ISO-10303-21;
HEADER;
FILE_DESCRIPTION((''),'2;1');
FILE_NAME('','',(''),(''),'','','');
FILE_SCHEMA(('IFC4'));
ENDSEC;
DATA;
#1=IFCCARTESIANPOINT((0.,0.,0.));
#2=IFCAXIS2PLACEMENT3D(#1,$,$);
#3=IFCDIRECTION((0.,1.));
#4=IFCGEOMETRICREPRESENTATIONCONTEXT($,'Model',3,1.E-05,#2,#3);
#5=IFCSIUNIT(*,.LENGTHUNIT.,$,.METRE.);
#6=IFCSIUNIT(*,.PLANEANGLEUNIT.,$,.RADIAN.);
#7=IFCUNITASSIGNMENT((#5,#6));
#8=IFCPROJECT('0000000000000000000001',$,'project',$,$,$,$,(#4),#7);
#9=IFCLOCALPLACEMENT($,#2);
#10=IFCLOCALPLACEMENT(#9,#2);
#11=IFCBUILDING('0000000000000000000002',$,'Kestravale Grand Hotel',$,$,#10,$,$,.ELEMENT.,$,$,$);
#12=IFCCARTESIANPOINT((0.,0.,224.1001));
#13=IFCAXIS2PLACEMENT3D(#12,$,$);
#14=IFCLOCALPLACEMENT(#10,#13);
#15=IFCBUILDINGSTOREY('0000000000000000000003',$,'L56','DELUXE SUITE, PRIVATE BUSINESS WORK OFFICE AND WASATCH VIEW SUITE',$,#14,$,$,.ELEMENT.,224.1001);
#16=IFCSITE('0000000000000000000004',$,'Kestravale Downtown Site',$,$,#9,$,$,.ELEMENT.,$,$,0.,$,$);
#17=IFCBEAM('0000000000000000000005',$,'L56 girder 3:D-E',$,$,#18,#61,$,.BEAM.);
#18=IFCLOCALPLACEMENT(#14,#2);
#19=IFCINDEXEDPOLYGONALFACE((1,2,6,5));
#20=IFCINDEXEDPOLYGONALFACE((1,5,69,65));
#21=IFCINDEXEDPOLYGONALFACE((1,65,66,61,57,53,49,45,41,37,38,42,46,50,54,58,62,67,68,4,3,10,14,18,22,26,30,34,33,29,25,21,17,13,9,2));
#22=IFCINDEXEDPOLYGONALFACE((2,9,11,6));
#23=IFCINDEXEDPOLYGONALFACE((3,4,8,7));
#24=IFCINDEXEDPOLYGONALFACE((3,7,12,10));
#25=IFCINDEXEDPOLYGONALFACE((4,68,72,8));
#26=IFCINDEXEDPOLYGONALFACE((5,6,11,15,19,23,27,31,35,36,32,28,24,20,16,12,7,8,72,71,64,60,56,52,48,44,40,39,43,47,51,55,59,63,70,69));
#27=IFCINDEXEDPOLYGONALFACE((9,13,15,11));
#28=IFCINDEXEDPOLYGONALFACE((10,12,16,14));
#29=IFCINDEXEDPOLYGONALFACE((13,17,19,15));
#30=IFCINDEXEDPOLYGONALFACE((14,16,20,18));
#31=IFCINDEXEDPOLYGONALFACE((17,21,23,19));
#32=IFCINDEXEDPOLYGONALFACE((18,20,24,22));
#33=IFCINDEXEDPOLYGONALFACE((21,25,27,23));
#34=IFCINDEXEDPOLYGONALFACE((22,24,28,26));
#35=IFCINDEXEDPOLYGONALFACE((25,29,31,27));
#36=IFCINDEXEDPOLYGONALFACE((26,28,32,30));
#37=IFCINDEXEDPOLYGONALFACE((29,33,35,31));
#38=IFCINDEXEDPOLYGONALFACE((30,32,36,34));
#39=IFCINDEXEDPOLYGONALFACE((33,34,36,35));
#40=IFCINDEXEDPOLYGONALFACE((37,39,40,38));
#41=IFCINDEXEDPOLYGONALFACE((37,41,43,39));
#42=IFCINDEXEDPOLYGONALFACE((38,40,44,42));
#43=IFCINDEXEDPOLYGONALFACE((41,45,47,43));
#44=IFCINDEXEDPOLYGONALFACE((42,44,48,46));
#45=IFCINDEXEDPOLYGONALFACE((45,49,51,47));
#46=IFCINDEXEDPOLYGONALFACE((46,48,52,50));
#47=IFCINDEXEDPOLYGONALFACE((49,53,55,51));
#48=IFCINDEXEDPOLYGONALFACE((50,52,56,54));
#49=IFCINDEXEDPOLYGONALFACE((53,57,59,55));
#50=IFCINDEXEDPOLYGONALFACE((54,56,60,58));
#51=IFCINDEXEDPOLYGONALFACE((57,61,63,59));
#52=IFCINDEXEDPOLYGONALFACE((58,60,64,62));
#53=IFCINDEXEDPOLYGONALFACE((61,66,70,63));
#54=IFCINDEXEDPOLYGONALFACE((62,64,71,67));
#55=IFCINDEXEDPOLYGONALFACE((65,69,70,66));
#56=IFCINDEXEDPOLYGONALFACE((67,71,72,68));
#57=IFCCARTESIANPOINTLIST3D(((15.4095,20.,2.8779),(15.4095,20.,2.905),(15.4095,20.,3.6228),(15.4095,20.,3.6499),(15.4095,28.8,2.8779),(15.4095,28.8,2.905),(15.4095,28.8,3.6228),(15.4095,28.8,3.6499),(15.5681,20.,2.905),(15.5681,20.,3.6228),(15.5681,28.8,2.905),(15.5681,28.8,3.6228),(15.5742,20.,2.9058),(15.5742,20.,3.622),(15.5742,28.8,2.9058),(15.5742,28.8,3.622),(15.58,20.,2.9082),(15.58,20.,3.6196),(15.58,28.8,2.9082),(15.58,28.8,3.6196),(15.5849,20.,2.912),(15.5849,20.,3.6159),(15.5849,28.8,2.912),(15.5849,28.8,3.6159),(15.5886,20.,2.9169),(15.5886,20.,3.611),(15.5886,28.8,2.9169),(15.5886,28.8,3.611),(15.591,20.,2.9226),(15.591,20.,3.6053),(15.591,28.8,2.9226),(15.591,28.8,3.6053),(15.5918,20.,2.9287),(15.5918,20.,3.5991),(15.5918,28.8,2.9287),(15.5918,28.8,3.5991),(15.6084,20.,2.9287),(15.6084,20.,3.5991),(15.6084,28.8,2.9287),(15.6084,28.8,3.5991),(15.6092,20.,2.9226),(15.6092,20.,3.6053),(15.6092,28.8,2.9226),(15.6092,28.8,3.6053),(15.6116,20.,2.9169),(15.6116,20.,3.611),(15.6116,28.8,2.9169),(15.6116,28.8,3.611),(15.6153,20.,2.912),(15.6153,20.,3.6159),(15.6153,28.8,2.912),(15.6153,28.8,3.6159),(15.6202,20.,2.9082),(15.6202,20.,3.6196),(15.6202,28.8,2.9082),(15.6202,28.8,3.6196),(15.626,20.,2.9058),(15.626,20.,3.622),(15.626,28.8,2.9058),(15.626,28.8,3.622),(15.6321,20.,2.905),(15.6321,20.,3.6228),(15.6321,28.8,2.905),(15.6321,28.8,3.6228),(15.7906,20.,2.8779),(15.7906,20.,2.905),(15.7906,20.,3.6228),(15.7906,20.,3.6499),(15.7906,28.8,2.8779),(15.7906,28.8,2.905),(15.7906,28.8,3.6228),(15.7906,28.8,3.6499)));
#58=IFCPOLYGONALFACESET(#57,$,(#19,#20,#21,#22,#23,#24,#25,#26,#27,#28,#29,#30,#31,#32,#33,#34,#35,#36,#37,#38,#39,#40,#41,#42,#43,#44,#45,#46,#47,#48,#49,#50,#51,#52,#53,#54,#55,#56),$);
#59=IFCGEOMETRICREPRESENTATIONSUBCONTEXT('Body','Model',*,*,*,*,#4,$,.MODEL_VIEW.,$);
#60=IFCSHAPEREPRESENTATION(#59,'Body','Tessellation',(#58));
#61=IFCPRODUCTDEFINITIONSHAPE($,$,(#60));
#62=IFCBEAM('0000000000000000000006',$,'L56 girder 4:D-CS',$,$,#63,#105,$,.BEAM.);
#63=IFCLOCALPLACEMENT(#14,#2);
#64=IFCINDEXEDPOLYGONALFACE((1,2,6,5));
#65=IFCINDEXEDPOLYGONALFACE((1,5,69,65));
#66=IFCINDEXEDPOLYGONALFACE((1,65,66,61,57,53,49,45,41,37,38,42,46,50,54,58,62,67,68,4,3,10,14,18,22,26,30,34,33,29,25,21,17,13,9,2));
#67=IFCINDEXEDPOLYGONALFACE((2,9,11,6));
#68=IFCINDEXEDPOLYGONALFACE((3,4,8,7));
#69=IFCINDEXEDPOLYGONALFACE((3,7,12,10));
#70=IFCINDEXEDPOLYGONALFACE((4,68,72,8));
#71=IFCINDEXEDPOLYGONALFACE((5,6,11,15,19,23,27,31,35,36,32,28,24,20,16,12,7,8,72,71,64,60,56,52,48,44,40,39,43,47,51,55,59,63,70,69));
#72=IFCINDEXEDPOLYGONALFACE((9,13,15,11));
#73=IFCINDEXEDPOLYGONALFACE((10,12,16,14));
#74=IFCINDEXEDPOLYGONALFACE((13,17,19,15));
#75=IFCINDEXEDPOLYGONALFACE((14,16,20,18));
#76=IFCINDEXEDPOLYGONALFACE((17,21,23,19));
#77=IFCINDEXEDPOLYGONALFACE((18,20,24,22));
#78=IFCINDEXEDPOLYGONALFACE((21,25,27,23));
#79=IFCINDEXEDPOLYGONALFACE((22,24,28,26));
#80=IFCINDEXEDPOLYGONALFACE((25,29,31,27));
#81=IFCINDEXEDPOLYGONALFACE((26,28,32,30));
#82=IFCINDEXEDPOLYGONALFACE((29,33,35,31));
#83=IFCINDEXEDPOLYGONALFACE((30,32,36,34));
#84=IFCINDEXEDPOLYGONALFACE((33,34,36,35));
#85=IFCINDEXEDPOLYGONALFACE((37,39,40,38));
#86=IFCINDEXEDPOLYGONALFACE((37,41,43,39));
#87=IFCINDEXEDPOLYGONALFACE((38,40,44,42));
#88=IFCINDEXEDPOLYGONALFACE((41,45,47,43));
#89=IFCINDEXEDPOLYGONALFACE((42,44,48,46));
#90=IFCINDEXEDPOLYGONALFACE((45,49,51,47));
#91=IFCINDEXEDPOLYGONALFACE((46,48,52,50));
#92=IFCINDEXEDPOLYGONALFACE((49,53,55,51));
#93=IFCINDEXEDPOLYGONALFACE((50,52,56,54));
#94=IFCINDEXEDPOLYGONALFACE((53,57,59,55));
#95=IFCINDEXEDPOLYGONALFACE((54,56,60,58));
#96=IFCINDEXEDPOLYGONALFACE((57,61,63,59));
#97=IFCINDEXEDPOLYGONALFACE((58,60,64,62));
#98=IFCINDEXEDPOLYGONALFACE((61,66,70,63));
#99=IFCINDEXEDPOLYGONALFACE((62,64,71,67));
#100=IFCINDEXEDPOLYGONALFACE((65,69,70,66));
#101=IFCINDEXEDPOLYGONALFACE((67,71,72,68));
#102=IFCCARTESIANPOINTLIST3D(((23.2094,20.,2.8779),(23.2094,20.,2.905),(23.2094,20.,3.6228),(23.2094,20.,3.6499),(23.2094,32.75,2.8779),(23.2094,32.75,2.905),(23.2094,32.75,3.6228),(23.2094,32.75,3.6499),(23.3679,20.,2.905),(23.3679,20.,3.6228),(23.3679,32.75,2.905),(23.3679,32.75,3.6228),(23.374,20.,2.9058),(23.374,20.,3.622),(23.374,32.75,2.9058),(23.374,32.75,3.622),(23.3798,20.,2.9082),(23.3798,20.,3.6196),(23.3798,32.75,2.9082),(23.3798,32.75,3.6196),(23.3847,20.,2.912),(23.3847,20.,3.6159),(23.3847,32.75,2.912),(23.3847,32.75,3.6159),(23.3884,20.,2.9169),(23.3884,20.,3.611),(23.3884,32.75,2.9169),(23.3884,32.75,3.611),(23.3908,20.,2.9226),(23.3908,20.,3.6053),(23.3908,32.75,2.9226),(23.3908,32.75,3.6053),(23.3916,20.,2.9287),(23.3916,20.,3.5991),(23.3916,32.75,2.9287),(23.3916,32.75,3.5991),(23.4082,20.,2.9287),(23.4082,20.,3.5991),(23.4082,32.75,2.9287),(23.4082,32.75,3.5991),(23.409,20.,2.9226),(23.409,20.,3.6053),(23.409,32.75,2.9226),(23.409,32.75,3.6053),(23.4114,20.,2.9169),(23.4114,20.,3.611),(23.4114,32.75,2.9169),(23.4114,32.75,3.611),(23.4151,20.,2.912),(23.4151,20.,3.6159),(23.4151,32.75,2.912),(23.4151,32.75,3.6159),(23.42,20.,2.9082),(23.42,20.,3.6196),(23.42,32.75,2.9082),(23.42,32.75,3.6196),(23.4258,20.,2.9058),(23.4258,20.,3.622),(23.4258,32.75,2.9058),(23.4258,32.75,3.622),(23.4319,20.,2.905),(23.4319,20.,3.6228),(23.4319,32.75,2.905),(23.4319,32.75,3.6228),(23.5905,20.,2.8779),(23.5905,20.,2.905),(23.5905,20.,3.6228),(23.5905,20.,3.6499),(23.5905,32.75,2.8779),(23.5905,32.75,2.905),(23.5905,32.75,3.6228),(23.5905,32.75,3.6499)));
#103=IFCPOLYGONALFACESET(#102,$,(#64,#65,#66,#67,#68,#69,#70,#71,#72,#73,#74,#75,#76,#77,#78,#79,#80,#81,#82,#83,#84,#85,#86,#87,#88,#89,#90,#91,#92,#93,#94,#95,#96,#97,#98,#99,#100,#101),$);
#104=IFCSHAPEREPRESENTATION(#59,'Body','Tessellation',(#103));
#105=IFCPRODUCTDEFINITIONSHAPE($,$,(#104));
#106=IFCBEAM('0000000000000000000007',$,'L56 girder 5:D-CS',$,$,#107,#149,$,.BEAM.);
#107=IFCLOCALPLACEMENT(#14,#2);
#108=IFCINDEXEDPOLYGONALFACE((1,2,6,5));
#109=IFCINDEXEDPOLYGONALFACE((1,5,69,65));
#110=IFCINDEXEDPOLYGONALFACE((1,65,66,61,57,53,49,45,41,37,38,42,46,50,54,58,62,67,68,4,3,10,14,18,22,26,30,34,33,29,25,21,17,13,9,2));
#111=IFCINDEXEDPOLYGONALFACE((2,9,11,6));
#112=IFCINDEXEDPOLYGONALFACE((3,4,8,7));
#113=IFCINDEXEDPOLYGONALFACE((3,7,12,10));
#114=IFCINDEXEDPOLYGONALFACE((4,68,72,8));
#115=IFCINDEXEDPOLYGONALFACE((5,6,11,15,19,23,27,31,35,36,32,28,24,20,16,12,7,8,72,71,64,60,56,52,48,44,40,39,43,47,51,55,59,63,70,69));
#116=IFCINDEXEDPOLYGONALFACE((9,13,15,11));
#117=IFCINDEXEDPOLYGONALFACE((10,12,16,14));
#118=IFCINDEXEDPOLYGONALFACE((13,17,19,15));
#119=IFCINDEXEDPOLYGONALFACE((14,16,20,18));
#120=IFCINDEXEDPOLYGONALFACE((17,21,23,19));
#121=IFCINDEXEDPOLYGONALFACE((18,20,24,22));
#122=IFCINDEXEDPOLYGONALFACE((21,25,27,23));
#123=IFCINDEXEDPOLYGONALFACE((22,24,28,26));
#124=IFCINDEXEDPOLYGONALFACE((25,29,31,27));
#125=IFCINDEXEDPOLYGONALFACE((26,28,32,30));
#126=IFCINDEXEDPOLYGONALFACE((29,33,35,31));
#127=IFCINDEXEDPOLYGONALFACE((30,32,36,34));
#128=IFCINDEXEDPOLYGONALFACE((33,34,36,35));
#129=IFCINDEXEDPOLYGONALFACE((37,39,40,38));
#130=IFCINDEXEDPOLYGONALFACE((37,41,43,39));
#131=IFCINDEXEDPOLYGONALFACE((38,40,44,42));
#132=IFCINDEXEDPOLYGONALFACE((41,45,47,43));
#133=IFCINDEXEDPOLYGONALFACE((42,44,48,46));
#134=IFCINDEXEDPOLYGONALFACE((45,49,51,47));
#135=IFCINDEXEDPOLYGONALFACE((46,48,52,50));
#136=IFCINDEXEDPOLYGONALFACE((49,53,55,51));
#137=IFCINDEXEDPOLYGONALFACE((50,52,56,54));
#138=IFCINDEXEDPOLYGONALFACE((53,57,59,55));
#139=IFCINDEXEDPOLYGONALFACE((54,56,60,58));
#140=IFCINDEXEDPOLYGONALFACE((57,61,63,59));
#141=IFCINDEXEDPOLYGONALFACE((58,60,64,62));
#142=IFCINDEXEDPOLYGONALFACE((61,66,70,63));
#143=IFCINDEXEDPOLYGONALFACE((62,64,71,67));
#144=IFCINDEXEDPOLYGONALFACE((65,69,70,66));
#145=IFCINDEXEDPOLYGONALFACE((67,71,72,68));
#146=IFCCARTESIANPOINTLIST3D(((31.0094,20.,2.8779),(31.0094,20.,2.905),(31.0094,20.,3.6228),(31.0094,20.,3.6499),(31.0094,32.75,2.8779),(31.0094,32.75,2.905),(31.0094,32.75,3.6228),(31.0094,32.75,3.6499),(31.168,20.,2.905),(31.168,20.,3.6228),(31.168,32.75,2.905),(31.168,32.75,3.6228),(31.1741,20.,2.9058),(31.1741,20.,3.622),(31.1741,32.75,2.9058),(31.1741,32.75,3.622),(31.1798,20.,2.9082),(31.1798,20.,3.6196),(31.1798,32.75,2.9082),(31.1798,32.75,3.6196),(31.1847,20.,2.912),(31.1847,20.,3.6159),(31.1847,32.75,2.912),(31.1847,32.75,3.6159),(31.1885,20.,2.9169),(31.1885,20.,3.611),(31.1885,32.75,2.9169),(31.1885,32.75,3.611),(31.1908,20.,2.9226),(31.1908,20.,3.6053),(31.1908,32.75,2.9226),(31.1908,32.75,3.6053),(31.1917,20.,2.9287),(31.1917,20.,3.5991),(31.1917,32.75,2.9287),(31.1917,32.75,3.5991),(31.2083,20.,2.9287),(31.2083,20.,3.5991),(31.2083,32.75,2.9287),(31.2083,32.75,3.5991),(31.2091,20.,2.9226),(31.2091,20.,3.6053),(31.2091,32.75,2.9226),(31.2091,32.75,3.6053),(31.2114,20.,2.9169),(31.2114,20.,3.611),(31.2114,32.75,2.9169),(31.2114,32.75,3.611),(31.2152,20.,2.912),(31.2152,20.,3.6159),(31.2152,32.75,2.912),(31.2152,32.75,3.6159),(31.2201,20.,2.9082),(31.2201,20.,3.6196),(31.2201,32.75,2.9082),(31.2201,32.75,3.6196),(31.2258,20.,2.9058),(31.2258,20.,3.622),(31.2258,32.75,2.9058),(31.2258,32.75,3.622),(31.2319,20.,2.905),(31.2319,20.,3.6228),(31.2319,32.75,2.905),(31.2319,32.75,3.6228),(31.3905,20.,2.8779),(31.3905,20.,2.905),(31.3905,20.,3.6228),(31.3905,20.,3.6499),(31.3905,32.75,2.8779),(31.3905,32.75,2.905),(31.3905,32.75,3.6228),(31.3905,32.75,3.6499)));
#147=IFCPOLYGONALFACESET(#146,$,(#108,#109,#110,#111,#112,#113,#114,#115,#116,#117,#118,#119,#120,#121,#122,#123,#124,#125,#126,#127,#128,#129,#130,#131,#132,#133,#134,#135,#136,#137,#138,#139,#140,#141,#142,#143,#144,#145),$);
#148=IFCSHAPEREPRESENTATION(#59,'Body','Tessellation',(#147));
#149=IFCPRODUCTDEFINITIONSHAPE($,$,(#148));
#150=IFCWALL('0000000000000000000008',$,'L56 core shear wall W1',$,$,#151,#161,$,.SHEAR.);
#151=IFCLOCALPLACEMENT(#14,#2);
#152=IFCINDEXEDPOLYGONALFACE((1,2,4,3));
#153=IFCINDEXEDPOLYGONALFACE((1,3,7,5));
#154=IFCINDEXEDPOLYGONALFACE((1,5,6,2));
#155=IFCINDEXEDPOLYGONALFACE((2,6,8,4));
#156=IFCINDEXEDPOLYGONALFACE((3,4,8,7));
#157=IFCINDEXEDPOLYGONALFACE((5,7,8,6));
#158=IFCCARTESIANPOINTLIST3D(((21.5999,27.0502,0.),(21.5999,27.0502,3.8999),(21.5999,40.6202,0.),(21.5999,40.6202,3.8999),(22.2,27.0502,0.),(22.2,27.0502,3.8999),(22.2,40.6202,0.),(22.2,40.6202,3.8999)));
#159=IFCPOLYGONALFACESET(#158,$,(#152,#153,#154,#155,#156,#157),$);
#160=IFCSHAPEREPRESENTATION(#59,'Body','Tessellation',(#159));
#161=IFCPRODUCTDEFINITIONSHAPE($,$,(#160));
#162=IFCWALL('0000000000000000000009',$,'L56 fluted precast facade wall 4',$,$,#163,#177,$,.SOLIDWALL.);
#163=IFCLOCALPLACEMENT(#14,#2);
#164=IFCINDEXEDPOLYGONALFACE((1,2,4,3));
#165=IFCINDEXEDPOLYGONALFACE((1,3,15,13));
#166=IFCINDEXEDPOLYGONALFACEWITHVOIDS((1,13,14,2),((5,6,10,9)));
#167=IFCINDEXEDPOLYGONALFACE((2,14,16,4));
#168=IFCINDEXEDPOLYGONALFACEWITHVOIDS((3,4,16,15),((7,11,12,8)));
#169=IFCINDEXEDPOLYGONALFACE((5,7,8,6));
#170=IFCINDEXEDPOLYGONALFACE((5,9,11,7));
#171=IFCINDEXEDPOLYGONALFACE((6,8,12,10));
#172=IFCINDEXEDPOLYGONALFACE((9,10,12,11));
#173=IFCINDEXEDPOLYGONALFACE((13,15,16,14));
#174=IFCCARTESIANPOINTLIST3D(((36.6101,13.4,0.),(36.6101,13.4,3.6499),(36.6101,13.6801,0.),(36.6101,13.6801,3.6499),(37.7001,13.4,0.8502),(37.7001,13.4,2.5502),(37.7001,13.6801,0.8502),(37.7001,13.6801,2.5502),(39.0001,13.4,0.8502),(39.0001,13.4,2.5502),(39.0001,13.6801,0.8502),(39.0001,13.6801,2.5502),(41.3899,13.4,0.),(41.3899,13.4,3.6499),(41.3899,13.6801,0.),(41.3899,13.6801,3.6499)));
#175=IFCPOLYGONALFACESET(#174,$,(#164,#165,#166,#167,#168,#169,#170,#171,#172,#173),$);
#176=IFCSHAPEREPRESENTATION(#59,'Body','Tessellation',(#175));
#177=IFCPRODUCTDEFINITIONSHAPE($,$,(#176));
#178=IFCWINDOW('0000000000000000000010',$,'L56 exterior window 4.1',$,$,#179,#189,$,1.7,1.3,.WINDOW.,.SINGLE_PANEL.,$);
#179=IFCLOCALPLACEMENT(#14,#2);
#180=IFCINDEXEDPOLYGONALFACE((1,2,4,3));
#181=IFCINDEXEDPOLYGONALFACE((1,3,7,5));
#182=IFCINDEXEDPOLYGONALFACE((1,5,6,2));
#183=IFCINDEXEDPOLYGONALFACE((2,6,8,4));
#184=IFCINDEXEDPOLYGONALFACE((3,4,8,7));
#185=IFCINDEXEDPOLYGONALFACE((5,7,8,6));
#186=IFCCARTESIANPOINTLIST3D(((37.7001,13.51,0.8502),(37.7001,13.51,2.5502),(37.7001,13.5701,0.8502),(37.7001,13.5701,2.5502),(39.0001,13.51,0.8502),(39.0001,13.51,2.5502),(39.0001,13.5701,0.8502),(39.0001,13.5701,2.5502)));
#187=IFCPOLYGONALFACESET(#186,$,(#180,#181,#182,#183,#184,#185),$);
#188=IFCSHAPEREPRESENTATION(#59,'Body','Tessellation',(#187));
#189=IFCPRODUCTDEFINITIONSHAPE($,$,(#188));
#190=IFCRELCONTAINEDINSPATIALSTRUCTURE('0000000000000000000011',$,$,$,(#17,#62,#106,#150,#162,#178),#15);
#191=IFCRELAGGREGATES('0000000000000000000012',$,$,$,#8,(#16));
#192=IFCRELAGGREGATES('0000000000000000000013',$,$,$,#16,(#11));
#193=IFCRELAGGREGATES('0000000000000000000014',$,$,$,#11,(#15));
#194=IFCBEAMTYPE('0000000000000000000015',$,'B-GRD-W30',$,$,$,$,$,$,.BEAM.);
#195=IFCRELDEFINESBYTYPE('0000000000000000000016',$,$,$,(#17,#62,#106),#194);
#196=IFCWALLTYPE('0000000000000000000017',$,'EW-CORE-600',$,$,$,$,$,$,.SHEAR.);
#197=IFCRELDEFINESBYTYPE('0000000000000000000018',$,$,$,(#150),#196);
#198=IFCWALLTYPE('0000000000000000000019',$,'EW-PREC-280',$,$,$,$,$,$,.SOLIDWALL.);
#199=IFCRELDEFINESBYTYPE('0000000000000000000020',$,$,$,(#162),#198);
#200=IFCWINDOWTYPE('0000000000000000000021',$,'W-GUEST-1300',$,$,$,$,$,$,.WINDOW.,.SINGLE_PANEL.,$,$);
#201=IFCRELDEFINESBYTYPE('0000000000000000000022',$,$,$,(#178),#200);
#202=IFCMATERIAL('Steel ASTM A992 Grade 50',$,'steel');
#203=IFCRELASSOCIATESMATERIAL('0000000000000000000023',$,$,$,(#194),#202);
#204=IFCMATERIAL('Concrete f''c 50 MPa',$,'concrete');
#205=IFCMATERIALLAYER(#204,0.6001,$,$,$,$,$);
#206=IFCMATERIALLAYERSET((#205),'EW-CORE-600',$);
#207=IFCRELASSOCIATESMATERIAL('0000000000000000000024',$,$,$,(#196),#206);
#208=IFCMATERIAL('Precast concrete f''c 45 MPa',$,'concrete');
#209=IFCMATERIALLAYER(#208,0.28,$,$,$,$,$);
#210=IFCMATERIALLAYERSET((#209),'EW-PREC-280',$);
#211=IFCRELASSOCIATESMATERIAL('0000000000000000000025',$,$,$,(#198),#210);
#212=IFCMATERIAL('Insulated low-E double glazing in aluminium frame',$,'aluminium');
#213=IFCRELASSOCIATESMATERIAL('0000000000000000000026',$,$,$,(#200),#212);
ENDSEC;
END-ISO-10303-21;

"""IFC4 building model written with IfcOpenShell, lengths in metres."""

from ifc_helpers import new_model, si_unit, direction, frame, frame_2d, origin, origin_2d, place, context, subcontext, project, spatial, rectangle, i_section, extrude, material, layer, layer_set, material_profile, profile_set, type_object, element, fill, save


model = new_model("IFC4")

# Units and contexts
model_context = context("Model", 3, precision=1e-05, world=origin(), true_north=direction((0.0, 1.0)))
body_context = subcontext(model_context, "Body", "Model", "MODEL_VIEW")
ifc_project = project(units=[si_unit("LENGTHUNIT", "METRE"), si_unit("PLANEANGLEUNIT", "RADIAN")], contexts=[model_context])

# Site, building, storey
site_placement = place(None, origin())
site = spatial("IfcSite", under=ifc_project, at=site_placement, Name="Kestravale Downtown Site", CompositionType="ELEMENT", RefElevation=0.0)
building_placement = place(site_placement, origin())
building = spatial("IfcBuilding", under=site, at=building_placement, Name="Kestravale Grand Hotel", CompositionType="ELEMENT")
storey_placement = place(building_placement, frame((0.0, 0.0, 224.1001)))
storey = spatial("IfcBuildingStorey", under=building, at=storey_placement, Name="L56", Description="DELUXE SUITE, PRIVATE BUSINESS WORK OFFICE AND WASATCH VIEW SUITE", CompositionType="ELEMENT", Elevation=224.1001)

# Beams
ifc_material_1 = material(Name="Steel ASTM A992 Grade 50", Category="steel")
ifc_material_profile_1 = material_profile(ifc_material_1, i_section(OverallWidth=0.3811, OverallDepth=0.772, WebThickness=0.0166, FlangeThickness=0.0271, FilletRadius=0.0237, at=origin_2d()))
ifc_profile_set_1 = profile_set([ifc_material_profile_1], Name="Steel ASTM A992 Grade 50")
beam_type = type_object("IfcBeamType", Name="B-GRD-W30", PredefinedType="BEAM", material=ifc_profile_set_1)
beam_1_placement = place(storey_placement, frame((15.6001, 20.0, 3.2639), z_axis=(0.0, 1.0, 0.0), x_axis=(-1.0, 0.0, 0.0)))
element("IfcBeam", 1, at=beam_1_placement, inside=storey, type_object=beam_type, Name="L56 girder 3:D-E", PredefinedType="BEAM", context=body_context, shape_type="SweptSolid", body=[
    extrude(i_section(OverallWidth=0.3811, OverallDepth=0.772, WebThickness=0.0166, FlangeThickness=0.0271, FilletRadius=0.0237, at=origin_2d()), origin(), (0.0, 0.0, 1.0), 8.8),
])
for number, where, z_axis, x_axis, name in (
    (2, (23.3999, 20.0, 3.2639), (0.0, 1.0, 0.0), (-1.0, 0.0, 0.0), "L56 girder 4:D-CS"),
    (3, (31.2, 20.0, 3.2639), (0.0, 1.0, 0.0), (-1.0, 0.0, 0.0), "L56 girder 5:D-CS"),
):
    element("IfcBeam", number, at=place(storey_placement, frame(where, z_axis=z_axis, x_axis=x_axis)), inside=storey, type_object=beam_type, Name=name, PredefinedType="BEAM", context=body_context, shape_type="SweptSolid", body=[
        extrude(i_section(OverallWidth=0.3811, OverallDepth=0.772, WebThickness=0.0166, FlangeThickness=0.0271, FilletRadius=0.0237, at=origin_2d()), origin(), (0.0, 0.0, 1.0), 12.75),
    ])

# Wall
ifc_material_2 = material(Name="Concrete f'c 50 MPa", Category="concrete")
ifc_layer_1 = layer(ifc_material_2, 0.6001)
ifc_layer_set_1 = layer_set([ifc_layer_1], Name="EW-CORE-600")
wall_type_1 = type_object("IfcWallType", Name="EW-CORE-600", PredefinedType="SHEAR", material=ifc_layer_set_1)
wall_1_placement = place(storey_placement, frame((21.8999, 27.05, 0.0), z_axis=(0.0, 0.0, 1.0), x_axis=(0.0, 1.0, 0.0)))
element("IfcWall", 4, at=wall_1_placement, inside=storey, type_object=wall_type_1, Name="L56 core shear wall W1", PredefinedType="SHEAR", context=body_context, shape_type="SweptSolid", body=[
    extrude(rectangle(XDim=13.5701, YDim=0.6001, at=frame_2d((6.7852, 0.0))), origin(), (0.0, 0.0, 1.0), 3.8999),
])

# Wall, opening, window
ifc_material_3 = material(Name="Precast concrete f'c 45 MPa", Category="concrete")
ifc_layer_2 = layer(ifc_material_3, 0.28)
ifc_layer_set_2 = layer_set([ifc_layer_2], Name="EW-PREC-280")
wall_type_2 = type_object("IfcWallType", Name="EW-PREC-280", PredefinedType="SOLIDWALL", material=ifc_layer_set_2)
wall_2_placement = place(storey_placement, frame((36.6101, 13.54, 0.0), z_axis=(0.0, 0.0, 1.0), x_axis=(1.0, 0.0, 0.0)))
wall_2 = element("IfcWall", 5, at=wall_2_placement, inside=storey, type_object=wall_type_2, Name="L56 fluted precast facade wall 4", PredefinedType="SOLIDWALL", context=body_context, shape_type="SweptSolid", body=[
    extrude(rectangle(XDim=4.7798, YDim=0.28, at=frame_2d((2.3899, 0.0))), origin(), (0.0, 0.0, 1.0), 3.6499),
])
opening_1_placement = place(wall_2_placement, frame((1.0901, 0.0, 0.8501)))
opening_1 = element("IfcOpeningElement", 6, at=opening_1_placement, cuts=wall_2, PredefinedType="OPENING", context=body_context, shape_type="SweptSolid", body=[
    extrude(rectangle(XDim=1.3, YDim=1.7, at=frame_2d((0.6499, 0.8501))), frame((0.0, 0.1499, 0.0), z_axis=(0.0, -1.0, 0.0), x_axis=(1.0, 0.0, 0.0)), (0.0, 0.0, 1.0), 0.3),
])
ifc_material_4 = material(Name="Insulated low-E double glazing in aluminium frame", Category="aluminium")
window_type = type_object("IfcWindowType", Name="W-GUEST-1300", PartitioningType="SINGLE_PANEL", PredefinedType="WINDOW", material=ifc_material_4)
window_placement = place(opening_1_placement, origin())
window = element("IfcWindow", 7, at=window_placement, inside=storey, type_object=window_type, Name="L56 exterior window 4.1", OverallHeight=1.7, OverallWidth=1.3, PartitioningType="SINGLE_PANEL", PredefinedType="WINDOW", context=body_context, shape_type="SweptSolid", body=[
    extrude(rectangle(XDim=1.3, YDim=1.7, at=frame_2d((0.6499, 0.8501))), frame((0.0, 0.03, 0.0), z_axis=(0.0, -1.0, 0.0), x_axis=(1.0, 0.0, 0.0)), (0.0, 0.0, 1.0), 0.0601),
])
fill(opening_1, window)

save(model, "model.ifc")
